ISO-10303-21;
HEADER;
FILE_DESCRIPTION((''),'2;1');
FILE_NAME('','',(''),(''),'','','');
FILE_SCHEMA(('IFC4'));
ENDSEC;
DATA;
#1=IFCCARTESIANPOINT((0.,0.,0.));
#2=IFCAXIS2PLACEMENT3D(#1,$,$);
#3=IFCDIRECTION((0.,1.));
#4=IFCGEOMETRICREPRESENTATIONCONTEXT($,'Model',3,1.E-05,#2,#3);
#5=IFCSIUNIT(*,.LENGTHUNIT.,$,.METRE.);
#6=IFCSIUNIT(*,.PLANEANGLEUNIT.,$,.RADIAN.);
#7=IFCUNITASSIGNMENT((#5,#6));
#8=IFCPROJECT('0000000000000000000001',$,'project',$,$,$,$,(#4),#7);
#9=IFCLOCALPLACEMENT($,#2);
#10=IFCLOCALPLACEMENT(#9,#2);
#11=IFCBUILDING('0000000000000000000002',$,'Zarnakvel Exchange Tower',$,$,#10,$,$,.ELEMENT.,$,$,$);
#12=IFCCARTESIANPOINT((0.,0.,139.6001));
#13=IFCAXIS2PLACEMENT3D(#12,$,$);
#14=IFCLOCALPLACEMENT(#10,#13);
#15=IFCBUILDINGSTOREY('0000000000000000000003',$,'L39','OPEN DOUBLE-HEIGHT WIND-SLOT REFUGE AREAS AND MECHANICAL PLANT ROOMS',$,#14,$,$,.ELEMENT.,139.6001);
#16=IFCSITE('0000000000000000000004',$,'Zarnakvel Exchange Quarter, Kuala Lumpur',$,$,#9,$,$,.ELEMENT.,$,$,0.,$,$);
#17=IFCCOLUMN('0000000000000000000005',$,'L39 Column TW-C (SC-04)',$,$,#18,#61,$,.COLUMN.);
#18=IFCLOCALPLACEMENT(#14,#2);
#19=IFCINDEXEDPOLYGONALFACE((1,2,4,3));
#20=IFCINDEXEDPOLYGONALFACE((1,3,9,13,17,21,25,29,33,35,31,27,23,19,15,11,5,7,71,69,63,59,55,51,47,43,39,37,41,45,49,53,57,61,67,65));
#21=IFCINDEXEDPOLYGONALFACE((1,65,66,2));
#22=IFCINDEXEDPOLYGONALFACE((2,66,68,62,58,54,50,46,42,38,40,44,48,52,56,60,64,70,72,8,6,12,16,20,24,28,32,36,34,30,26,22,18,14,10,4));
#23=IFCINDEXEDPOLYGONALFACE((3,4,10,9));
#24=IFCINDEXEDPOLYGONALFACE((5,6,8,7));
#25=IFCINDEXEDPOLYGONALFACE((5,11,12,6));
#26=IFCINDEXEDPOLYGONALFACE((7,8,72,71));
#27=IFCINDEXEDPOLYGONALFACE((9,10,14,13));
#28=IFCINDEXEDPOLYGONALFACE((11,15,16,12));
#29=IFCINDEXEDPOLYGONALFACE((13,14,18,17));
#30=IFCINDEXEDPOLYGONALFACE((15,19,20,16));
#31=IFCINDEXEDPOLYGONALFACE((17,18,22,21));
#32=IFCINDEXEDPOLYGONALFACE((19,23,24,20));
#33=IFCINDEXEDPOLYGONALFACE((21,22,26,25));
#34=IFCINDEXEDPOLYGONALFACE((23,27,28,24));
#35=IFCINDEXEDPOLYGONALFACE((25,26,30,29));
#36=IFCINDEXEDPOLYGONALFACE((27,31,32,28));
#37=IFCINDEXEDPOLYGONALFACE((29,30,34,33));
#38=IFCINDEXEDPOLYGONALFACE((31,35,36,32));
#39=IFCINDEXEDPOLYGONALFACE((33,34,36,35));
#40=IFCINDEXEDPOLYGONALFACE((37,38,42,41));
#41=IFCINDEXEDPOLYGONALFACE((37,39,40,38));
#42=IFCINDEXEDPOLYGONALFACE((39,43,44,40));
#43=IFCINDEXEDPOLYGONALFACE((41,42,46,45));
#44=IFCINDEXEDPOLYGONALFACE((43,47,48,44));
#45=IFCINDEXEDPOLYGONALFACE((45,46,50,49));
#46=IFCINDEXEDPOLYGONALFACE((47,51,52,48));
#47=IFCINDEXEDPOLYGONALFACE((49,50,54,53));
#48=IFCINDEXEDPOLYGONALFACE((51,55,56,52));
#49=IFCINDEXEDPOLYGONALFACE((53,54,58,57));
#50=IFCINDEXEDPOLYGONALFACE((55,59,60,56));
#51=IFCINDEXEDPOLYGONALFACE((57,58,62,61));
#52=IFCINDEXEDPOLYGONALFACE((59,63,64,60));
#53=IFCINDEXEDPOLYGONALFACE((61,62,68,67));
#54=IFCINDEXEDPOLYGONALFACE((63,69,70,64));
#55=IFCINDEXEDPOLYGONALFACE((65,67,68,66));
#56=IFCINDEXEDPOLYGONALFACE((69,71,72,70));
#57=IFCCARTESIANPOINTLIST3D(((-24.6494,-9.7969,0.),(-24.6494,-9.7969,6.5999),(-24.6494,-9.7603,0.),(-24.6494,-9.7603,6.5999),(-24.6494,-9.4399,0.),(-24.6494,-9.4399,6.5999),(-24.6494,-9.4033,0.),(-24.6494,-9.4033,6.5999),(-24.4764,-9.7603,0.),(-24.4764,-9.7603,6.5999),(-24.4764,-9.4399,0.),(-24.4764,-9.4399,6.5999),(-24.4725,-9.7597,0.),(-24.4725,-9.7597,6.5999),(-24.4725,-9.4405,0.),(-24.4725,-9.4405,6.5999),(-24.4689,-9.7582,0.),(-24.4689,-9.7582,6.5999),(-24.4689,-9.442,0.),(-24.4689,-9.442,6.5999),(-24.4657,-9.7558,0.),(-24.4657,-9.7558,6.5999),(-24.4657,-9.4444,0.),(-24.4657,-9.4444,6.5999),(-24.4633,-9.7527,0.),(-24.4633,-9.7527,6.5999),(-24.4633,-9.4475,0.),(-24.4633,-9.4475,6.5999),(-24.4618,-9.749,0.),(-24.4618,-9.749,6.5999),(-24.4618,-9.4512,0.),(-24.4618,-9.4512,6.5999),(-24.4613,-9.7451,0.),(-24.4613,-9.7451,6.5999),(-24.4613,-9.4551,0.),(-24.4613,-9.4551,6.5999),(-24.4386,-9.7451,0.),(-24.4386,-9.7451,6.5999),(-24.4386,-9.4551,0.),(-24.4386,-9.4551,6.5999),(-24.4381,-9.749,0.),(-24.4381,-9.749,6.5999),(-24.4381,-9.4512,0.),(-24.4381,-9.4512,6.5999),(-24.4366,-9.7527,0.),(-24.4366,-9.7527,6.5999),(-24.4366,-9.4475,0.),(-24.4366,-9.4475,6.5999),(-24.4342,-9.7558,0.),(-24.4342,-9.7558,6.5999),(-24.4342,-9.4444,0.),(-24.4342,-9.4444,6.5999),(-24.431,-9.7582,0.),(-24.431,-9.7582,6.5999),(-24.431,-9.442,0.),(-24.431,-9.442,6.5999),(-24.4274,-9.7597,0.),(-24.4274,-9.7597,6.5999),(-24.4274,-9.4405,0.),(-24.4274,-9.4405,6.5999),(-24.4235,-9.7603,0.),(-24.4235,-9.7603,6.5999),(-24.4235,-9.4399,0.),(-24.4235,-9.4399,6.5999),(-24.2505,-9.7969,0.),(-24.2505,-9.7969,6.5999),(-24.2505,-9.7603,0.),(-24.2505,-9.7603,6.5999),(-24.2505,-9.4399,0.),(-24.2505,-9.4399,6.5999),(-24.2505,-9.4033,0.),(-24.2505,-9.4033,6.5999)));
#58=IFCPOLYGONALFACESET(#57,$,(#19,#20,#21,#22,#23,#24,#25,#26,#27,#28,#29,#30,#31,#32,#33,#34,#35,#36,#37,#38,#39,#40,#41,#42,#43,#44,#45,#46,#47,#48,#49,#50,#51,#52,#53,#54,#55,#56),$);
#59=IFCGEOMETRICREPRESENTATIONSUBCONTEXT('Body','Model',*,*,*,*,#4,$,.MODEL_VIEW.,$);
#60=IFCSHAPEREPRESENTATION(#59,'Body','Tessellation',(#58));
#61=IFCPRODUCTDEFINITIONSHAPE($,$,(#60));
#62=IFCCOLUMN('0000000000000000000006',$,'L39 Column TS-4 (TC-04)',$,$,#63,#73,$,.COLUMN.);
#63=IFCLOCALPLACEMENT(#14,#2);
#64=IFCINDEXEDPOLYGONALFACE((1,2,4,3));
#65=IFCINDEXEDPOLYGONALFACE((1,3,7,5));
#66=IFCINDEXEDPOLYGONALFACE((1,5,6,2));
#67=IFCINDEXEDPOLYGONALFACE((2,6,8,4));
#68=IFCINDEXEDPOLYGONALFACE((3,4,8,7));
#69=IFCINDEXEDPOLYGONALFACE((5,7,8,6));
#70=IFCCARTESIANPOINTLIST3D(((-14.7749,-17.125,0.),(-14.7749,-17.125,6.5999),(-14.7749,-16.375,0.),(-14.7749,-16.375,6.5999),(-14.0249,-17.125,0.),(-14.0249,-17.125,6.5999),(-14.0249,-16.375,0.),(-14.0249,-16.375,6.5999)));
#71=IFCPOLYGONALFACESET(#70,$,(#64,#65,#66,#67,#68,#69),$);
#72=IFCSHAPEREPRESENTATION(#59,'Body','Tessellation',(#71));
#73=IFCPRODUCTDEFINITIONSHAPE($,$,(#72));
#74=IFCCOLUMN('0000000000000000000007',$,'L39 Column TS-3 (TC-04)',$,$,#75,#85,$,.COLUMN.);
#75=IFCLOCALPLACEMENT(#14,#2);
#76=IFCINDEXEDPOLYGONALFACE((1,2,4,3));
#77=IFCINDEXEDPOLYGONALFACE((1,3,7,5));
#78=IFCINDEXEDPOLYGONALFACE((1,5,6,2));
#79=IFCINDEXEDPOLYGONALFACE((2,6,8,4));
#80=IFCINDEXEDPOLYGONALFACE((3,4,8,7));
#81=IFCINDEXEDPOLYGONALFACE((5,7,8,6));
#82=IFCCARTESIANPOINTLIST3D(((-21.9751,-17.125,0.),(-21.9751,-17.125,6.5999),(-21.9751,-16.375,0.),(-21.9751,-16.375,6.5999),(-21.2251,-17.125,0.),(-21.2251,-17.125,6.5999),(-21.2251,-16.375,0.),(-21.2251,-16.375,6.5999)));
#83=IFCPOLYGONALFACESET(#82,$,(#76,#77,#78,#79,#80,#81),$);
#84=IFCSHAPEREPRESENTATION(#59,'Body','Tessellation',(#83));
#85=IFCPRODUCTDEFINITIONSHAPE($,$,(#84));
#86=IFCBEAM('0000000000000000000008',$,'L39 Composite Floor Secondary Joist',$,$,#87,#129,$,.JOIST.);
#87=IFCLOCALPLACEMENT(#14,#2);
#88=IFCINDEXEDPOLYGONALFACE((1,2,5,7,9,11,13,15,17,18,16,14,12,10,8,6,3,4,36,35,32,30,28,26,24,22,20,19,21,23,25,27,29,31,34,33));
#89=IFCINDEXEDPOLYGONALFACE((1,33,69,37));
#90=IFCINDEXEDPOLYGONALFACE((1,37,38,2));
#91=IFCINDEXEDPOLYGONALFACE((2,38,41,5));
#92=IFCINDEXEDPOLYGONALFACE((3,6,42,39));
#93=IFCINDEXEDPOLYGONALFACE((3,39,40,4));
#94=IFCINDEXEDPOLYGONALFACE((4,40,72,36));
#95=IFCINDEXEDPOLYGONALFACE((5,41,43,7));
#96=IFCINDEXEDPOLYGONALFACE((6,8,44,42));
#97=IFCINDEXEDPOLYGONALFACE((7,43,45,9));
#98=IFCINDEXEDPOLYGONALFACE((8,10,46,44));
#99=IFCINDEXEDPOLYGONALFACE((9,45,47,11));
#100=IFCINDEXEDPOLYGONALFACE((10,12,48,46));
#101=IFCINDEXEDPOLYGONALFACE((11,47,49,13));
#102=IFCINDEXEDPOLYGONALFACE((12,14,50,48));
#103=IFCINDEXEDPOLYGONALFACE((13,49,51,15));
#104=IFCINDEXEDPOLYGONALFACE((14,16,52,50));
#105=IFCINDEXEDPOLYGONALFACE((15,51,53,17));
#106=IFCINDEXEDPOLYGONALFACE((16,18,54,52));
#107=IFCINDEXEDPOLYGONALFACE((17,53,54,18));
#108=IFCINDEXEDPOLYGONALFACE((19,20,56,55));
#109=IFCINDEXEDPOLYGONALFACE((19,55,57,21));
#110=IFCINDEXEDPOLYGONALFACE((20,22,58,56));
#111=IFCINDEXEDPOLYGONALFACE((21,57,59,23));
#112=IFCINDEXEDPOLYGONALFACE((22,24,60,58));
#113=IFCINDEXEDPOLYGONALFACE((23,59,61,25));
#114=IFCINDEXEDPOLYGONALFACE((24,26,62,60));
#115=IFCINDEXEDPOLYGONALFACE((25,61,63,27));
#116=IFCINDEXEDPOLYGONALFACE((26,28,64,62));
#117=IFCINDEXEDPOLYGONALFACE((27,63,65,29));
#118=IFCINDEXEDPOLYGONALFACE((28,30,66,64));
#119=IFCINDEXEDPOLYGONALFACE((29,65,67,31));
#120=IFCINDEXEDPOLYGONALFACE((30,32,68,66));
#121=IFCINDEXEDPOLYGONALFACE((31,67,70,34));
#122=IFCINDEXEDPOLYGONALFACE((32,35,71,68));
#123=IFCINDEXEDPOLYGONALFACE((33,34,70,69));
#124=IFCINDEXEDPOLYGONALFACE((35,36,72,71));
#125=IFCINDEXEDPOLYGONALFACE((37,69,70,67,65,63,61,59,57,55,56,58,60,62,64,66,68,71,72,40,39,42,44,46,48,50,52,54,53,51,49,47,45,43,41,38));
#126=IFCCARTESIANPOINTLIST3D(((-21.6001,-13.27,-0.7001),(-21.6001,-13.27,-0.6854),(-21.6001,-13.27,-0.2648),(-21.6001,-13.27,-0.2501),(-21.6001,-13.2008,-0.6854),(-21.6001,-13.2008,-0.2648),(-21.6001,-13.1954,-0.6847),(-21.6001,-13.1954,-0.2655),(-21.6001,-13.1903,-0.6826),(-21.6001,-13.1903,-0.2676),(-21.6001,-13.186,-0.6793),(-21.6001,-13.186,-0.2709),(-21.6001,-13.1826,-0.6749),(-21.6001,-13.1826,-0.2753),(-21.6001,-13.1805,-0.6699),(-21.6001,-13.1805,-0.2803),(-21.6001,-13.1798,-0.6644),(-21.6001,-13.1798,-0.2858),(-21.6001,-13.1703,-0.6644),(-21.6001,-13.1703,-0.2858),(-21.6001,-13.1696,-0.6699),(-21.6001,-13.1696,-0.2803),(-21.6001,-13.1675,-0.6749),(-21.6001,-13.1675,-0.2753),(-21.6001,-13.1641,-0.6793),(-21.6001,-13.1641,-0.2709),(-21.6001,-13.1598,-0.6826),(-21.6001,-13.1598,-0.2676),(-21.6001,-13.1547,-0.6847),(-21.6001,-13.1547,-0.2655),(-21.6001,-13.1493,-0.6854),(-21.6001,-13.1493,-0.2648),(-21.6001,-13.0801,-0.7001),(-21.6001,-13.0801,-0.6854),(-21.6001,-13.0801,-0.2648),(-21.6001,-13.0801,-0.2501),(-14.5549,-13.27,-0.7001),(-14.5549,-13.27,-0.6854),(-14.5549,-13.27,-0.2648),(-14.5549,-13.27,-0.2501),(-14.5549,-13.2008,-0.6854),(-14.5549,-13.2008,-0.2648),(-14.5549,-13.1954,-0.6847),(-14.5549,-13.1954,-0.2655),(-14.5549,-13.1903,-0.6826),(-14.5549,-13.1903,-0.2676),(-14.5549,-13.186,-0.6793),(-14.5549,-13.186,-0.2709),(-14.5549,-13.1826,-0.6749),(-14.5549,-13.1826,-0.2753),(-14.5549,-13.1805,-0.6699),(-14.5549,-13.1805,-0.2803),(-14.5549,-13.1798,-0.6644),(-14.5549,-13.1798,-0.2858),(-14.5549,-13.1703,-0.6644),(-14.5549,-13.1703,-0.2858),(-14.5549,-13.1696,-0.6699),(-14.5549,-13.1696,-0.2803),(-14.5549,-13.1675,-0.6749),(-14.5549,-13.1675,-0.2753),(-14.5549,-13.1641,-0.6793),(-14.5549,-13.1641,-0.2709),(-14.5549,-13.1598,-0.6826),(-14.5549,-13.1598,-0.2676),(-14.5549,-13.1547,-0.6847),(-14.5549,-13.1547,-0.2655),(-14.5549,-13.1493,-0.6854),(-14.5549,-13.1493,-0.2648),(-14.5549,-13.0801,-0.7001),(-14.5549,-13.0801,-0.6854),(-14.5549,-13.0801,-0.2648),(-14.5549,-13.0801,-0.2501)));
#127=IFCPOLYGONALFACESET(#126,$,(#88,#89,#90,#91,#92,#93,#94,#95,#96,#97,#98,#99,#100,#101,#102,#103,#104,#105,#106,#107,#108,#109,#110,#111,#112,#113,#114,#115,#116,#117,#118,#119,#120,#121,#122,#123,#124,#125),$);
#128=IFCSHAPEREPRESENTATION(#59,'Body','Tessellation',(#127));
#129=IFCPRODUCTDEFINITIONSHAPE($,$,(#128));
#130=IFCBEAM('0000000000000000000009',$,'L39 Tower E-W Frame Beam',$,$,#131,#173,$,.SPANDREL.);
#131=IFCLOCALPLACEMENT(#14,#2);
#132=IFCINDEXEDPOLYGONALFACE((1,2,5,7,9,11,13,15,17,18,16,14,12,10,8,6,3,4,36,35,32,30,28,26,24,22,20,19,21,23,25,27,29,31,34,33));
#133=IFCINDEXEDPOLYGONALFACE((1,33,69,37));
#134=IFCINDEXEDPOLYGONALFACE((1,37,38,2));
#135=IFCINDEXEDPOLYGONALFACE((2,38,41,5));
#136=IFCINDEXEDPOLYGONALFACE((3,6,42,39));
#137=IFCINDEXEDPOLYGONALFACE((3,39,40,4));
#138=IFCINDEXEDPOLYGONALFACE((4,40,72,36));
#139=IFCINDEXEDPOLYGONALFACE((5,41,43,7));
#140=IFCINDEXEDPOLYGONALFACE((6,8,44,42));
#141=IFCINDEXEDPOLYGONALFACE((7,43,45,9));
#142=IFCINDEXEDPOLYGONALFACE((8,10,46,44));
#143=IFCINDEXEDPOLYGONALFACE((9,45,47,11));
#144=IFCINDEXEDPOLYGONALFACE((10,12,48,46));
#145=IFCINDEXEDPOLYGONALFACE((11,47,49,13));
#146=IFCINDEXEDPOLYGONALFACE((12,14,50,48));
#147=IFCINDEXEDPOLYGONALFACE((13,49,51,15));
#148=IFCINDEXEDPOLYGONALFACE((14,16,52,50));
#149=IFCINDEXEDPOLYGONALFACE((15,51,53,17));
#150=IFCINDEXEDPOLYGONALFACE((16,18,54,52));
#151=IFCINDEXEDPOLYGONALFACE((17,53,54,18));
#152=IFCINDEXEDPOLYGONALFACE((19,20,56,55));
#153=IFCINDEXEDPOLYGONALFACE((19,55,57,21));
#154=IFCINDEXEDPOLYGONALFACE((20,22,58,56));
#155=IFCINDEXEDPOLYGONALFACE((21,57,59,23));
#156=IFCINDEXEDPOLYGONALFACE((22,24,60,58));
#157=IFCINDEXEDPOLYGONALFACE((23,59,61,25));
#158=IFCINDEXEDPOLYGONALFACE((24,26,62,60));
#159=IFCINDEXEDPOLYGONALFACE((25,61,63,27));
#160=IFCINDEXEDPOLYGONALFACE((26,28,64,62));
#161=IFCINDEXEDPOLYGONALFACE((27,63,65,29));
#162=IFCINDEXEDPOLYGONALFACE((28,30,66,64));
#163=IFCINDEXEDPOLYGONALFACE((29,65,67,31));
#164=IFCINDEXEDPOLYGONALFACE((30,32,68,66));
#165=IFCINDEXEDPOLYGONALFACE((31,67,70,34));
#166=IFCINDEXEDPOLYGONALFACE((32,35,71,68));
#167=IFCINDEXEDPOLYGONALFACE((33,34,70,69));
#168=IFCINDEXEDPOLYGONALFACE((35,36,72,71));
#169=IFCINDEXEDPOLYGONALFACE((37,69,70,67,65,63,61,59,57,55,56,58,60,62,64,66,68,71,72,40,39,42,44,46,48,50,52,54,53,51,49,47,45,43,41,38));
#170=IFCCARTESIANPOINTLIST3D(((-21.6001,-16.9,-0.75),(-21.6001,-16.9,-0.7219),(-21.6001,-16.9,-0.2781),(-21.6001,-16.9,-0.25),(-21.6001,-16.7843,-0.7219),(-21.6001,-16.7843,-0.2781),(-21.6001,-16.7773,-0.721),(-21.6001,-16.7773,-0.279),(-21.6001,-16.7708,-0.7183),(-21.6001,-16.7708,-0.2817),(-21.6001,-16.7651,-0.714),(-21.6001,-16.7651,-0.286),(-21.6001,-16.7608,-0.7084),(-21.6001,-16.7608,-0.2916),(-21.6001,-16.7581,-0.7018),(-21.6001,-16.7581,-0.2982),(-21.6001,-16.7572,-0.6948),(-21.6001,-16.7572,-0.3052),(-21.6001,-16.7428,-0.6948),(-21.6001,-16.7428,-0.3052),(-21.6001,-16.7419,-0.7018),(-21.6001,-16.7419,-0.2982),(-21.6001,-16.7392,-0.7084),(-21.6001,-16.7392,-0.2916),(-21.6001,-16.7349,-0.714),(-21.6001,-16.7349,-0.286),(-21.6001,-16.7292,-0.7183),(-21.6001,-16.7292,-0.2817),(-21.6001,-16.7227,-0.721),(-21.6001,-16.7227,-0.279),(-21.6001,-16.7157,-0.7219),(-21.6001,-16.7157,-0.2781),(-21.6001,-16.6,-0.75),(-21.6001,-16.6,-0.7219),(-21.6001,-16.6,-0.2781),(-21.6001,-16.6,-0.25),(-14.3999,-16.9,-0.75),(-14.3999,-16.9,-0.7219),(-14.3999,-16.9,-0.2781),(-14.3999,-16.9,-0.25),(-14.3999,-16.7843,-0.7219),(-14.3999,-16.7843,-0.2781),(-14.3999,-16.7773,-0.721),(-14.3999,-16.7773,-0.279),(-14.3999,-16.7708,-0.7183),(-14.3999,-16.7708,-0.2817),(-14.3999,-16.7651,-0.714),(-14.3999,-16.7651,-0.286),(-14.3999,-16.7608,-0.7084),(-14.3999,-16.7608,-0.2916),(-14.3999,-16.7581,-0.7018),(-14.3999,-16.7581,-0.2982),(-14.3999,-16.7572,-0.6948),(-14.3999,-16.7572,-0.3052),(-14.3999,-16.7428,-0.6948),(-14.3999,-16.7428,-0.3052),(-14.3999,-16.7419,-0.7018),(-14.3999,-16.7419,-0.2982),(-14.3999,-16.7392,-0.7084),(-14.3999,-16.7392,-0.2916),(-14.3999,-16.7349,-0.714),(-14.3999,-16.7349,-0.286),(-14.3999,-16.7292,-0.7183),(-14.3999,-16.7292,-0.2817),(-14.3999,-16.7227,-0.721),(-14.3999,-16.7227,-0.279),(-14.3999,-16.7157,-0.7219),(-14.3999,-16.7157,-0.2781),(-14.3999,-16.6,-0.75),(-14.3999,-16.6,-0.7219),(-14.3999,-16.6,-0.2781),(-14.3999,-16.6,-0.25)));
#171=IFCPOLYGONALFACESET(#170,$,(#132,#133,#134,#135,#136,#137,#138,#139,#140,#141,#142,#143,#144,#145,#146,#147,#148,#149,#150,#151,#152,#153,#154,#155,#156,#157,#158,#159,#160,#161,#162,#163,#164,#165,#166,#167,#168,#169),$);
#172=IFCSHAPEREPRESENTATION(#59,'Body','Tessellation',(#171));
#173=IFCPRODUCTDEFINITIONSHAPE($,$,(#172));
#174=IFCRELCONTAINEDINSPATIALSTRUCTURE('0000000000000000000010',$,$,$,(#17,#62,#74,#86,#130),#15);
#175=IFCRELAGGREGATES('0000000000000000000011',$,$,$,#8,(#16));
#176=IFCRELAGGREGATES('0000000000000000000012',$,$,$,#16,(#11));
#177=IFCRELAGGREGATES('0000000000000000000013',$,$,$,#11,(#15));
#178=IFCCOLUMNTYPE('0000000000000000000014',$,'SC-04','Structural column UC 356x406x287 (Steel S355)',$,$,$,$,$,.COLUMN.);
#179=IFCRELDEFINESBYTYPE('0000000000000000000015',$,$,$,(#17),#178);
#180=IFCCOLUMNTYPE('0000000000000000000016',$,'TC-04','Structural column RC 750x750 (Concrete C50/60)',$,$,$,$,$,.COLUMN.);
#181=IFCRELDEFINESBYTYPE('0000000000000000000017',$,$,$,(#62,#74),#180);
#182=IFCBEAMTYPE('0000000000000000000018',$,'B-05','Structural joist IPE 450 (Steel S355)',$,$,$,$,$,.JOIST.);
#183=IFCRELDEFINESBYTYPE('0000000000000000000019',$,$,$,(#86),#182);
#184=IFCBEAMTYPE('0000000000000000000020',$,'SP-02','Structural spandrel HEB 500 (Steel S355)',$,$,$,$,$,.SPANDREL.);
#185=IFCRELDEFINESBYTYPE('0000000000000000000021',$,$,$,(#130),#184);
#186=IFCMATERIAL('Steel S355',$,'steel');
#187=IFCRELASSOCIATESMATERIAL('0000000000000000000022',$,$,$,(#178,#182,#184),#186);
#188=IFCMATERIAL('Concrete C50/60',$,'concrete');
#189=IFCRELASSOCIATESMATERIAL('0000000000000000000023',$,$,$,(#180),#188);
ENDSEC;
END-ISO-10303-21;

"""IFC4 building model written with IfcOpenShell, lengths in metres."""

from ifc_helpers import new_model, si_unit, direction, frame, origin, origin_2d, place, context, subcontext, project, spatial, rectangle, i_section, extrude, material, material_profile, profile_set, type_object, element, save


model = new_model("IFC4")

# Units and contexts
model_context = context("Model", 3, precision=1e-05, world=origin(), true_north=direction((0.0, 1.0)))
body_context = subcontext(model_context, "Body", "Model", "MODEL_VIEW")
ifc_project = project(units=[si_unit("LENGTHUNIT", "METRE"), si_unit("PLANEANGLEUNIT", "RADIAN")], contexts=[model_context])

# Site, building, storey
site_placement = place(None, origin())
site = spatial("IfcSite", under=ifc_project, at=site_placement, Name="Zarnakvel Exchange Quarter, Kuala Lumpur", CompositionType="ELEMENT", RefElevation=0.0)
building_placement = place(site_placement, origin())
building = spatial("IfcBuilding", under=site, at=building_placement, Name="Zarnakvel Exchange Tower", CompositionType="ELEMENT")
storey_placement = place(building_placement, frame((0.0, 0.0, 139.6001)))
storey = spatial("IfcBuildingStorey", under=building, at=storey_placement, Name="L39", Description="OPEN DOUBLE-HEIGHT WIND-SLOT REFUGE AREAS AND MECHANICAL PLANT ROOMS", CompositionType="ELEMENT", Elevation=139.6001)

# Columns
ifc_material_1 = material(Name="Steel S355", Category="steel")
ifc_material_profile_1 = material_profile(ifc_material_1, i_section(OverallWidth=0.3989, OverallDepth=0.3936, WebThickness=0.0227, FlangeThickness=0.0366, FilletRadius=0.0151, at=origin_2d()))
ifc_profile_set_1 = profile_set([ifc_material_profile_1], Name="Steel S355")
column_type_1 = type_object("IfcColumnType", Name="SC-04", Description="Structural column UC 356x406x287 (Steel S355)", PredefinedType="COLUMN", material=ifc_profile_set_1)
column_placement = place(storey_placement, frame((-24.45, -9.6001, 0.0), z_axis=(0.0, 0.0, 1.0), x_axis=(1.0, 0.0, 0.0)))
element("IfcColumn", 1, at=column_placement, inside=storey, type_object=column_type_1, Name="L39 Column TW-C (SC-04)", PredefinedType="COLUMN", context=body_context, shape_type="SweptSolid", body=[
    extrude(i_section(OverallWidth=0.3989, OverallDepth=0.3936, WebThickness=0.0227, FlangeThickness=0.0366, FilletRadius=0.0151, at=origin_2d()), origin(), (0.0, 0.0, 1.0), 6.5999),
])
ifc_material_2 = material(Name="Concrete C50/60", Category="concrete")
ifc_material_profile_2 = material_profile(ifc_material_2, rectangle(XDim=0.75, YDim=0.75, at=origin_2d()))
ifc_profile_set_2 = profile_set([ifc_material_profile_2], Name="Concrete C50/60")
column_type_2 = type_object("IfcColumnType", Name="TC-04", Description="Structural column RC 750x750 (Concrete C50/60)", PredefinedType="COLUMN", material=ifc_profile_set_2)
for number, where, z_axis, x_axis, name in (
    (2, (-14.3999, -16.75, 0.0), (0.0, 0.0, 1.0), (1.0, 0.0, 0.0), "L39 Column TS-4 (TC-04)"),
    (3, (-21.6001, -16.75, 0.0), (0.0, 0.0, 1.0), (1.0, 0.0, 0.0), "L39 Column TS-3 (TC-04)"),
):
    element("IfcColumn", number, at=place(storey_placement, frame(where, z_axis=z_axis, x_axis=x_axis)), inside=storey, type_object=column_type_2, Name=name, PredefinedType="COLUMN", context=body_context, shape_type="SweptSolid", body=[
        extrude(rectangle(XDim=0.75, YDim=0.75, at=origin_2d()), origin(), (0.0, 0.0, 1.0), 6.5999),
    ])

# Beams
ifc_material_profile_3 = material_profile(ifc_material_1, i_section(OverallWidth=0.1899, OverallDepth=0.45, WebThickness=0.0095, FlangeThickness=0.0146, FilletRadius=0.021, at=origin_2d()))
ifc_profile_set_3 = profile_set([ifc_material_profile_3], Name="Steel S355")
beam_type_1 = type_object("IfcBeamType", Name="B-05", Description="Structural joist IPE 450 (Steel S355)", PredefinedType="JOIST", material=ifc_profile_set_3)
beam_1_placement = place(storey_placement, frame((-21.6001, -13.175, -0.4751), z_axis=(1.0, 0.0, 0.0), x_axis=(0.0, 1.0, 0.0)))
element("IfcBeam", 4, at=beam_1_placement, inside=storey, type_object=beam_type_1, Name="L39 Composite Floor Secondary Joist", PredefinedType="JOIST", context=body_context, shape_type="SweptSolid", body=[
    extrude(i_section(OverallWidth=0.1899, OverallDepth=0.45, WebThickness=0.0095, FlangeThickness=0.0146, FilletRadius=0.021, at=origin_2d()), origin(), (0.0, 0.0, 1.0), 7.0452),
])
ifc_material_profile_4 = material_profile(ifc_material_1, i_section(OverallWidth=0.3, OverallDepth=0.5, WebThickness=0.0144, FlangeThickness=0.0281, FilletRadius=0.0271, at=origin_2d()))
ifc_profile_set_4 = profile_set([ifc_material_profile_4], Name="Steel S355")
beam_type_2 = type_object("IfcBeamType", Name="SP-02", Description="Structural spandrel HEB 500 (Steel S355)", PredefinedType="SPANDREL", material=ifc_profile_set_4)
beam_2_placement = place(storey_placement, frame((-21.6001, -16.75, -0.5), z_axis=(1.0, 0.0, 0.0), x_axis=(0.0, 1.0, 0.0)))
element("IfcBeam", 5, at=beam_2_placement, inside=storey, type_object=beam_type_2, Name="L39 Tower E-W Frame Beam", PredefinedType="SPANDREL", context=body_context, shape_type="SweptSolid", body=[
    extrude(i_section(OverallWidth=0.3, OverallDepth=0.5, WebThickness=0.0144, FlangeThickness=0.0281, FilletRadius=0.0271, at=origin_2d()), origin(), (0.0, 0.0, 1.0), 7.2002),
])

save(model, "model.ifc")
